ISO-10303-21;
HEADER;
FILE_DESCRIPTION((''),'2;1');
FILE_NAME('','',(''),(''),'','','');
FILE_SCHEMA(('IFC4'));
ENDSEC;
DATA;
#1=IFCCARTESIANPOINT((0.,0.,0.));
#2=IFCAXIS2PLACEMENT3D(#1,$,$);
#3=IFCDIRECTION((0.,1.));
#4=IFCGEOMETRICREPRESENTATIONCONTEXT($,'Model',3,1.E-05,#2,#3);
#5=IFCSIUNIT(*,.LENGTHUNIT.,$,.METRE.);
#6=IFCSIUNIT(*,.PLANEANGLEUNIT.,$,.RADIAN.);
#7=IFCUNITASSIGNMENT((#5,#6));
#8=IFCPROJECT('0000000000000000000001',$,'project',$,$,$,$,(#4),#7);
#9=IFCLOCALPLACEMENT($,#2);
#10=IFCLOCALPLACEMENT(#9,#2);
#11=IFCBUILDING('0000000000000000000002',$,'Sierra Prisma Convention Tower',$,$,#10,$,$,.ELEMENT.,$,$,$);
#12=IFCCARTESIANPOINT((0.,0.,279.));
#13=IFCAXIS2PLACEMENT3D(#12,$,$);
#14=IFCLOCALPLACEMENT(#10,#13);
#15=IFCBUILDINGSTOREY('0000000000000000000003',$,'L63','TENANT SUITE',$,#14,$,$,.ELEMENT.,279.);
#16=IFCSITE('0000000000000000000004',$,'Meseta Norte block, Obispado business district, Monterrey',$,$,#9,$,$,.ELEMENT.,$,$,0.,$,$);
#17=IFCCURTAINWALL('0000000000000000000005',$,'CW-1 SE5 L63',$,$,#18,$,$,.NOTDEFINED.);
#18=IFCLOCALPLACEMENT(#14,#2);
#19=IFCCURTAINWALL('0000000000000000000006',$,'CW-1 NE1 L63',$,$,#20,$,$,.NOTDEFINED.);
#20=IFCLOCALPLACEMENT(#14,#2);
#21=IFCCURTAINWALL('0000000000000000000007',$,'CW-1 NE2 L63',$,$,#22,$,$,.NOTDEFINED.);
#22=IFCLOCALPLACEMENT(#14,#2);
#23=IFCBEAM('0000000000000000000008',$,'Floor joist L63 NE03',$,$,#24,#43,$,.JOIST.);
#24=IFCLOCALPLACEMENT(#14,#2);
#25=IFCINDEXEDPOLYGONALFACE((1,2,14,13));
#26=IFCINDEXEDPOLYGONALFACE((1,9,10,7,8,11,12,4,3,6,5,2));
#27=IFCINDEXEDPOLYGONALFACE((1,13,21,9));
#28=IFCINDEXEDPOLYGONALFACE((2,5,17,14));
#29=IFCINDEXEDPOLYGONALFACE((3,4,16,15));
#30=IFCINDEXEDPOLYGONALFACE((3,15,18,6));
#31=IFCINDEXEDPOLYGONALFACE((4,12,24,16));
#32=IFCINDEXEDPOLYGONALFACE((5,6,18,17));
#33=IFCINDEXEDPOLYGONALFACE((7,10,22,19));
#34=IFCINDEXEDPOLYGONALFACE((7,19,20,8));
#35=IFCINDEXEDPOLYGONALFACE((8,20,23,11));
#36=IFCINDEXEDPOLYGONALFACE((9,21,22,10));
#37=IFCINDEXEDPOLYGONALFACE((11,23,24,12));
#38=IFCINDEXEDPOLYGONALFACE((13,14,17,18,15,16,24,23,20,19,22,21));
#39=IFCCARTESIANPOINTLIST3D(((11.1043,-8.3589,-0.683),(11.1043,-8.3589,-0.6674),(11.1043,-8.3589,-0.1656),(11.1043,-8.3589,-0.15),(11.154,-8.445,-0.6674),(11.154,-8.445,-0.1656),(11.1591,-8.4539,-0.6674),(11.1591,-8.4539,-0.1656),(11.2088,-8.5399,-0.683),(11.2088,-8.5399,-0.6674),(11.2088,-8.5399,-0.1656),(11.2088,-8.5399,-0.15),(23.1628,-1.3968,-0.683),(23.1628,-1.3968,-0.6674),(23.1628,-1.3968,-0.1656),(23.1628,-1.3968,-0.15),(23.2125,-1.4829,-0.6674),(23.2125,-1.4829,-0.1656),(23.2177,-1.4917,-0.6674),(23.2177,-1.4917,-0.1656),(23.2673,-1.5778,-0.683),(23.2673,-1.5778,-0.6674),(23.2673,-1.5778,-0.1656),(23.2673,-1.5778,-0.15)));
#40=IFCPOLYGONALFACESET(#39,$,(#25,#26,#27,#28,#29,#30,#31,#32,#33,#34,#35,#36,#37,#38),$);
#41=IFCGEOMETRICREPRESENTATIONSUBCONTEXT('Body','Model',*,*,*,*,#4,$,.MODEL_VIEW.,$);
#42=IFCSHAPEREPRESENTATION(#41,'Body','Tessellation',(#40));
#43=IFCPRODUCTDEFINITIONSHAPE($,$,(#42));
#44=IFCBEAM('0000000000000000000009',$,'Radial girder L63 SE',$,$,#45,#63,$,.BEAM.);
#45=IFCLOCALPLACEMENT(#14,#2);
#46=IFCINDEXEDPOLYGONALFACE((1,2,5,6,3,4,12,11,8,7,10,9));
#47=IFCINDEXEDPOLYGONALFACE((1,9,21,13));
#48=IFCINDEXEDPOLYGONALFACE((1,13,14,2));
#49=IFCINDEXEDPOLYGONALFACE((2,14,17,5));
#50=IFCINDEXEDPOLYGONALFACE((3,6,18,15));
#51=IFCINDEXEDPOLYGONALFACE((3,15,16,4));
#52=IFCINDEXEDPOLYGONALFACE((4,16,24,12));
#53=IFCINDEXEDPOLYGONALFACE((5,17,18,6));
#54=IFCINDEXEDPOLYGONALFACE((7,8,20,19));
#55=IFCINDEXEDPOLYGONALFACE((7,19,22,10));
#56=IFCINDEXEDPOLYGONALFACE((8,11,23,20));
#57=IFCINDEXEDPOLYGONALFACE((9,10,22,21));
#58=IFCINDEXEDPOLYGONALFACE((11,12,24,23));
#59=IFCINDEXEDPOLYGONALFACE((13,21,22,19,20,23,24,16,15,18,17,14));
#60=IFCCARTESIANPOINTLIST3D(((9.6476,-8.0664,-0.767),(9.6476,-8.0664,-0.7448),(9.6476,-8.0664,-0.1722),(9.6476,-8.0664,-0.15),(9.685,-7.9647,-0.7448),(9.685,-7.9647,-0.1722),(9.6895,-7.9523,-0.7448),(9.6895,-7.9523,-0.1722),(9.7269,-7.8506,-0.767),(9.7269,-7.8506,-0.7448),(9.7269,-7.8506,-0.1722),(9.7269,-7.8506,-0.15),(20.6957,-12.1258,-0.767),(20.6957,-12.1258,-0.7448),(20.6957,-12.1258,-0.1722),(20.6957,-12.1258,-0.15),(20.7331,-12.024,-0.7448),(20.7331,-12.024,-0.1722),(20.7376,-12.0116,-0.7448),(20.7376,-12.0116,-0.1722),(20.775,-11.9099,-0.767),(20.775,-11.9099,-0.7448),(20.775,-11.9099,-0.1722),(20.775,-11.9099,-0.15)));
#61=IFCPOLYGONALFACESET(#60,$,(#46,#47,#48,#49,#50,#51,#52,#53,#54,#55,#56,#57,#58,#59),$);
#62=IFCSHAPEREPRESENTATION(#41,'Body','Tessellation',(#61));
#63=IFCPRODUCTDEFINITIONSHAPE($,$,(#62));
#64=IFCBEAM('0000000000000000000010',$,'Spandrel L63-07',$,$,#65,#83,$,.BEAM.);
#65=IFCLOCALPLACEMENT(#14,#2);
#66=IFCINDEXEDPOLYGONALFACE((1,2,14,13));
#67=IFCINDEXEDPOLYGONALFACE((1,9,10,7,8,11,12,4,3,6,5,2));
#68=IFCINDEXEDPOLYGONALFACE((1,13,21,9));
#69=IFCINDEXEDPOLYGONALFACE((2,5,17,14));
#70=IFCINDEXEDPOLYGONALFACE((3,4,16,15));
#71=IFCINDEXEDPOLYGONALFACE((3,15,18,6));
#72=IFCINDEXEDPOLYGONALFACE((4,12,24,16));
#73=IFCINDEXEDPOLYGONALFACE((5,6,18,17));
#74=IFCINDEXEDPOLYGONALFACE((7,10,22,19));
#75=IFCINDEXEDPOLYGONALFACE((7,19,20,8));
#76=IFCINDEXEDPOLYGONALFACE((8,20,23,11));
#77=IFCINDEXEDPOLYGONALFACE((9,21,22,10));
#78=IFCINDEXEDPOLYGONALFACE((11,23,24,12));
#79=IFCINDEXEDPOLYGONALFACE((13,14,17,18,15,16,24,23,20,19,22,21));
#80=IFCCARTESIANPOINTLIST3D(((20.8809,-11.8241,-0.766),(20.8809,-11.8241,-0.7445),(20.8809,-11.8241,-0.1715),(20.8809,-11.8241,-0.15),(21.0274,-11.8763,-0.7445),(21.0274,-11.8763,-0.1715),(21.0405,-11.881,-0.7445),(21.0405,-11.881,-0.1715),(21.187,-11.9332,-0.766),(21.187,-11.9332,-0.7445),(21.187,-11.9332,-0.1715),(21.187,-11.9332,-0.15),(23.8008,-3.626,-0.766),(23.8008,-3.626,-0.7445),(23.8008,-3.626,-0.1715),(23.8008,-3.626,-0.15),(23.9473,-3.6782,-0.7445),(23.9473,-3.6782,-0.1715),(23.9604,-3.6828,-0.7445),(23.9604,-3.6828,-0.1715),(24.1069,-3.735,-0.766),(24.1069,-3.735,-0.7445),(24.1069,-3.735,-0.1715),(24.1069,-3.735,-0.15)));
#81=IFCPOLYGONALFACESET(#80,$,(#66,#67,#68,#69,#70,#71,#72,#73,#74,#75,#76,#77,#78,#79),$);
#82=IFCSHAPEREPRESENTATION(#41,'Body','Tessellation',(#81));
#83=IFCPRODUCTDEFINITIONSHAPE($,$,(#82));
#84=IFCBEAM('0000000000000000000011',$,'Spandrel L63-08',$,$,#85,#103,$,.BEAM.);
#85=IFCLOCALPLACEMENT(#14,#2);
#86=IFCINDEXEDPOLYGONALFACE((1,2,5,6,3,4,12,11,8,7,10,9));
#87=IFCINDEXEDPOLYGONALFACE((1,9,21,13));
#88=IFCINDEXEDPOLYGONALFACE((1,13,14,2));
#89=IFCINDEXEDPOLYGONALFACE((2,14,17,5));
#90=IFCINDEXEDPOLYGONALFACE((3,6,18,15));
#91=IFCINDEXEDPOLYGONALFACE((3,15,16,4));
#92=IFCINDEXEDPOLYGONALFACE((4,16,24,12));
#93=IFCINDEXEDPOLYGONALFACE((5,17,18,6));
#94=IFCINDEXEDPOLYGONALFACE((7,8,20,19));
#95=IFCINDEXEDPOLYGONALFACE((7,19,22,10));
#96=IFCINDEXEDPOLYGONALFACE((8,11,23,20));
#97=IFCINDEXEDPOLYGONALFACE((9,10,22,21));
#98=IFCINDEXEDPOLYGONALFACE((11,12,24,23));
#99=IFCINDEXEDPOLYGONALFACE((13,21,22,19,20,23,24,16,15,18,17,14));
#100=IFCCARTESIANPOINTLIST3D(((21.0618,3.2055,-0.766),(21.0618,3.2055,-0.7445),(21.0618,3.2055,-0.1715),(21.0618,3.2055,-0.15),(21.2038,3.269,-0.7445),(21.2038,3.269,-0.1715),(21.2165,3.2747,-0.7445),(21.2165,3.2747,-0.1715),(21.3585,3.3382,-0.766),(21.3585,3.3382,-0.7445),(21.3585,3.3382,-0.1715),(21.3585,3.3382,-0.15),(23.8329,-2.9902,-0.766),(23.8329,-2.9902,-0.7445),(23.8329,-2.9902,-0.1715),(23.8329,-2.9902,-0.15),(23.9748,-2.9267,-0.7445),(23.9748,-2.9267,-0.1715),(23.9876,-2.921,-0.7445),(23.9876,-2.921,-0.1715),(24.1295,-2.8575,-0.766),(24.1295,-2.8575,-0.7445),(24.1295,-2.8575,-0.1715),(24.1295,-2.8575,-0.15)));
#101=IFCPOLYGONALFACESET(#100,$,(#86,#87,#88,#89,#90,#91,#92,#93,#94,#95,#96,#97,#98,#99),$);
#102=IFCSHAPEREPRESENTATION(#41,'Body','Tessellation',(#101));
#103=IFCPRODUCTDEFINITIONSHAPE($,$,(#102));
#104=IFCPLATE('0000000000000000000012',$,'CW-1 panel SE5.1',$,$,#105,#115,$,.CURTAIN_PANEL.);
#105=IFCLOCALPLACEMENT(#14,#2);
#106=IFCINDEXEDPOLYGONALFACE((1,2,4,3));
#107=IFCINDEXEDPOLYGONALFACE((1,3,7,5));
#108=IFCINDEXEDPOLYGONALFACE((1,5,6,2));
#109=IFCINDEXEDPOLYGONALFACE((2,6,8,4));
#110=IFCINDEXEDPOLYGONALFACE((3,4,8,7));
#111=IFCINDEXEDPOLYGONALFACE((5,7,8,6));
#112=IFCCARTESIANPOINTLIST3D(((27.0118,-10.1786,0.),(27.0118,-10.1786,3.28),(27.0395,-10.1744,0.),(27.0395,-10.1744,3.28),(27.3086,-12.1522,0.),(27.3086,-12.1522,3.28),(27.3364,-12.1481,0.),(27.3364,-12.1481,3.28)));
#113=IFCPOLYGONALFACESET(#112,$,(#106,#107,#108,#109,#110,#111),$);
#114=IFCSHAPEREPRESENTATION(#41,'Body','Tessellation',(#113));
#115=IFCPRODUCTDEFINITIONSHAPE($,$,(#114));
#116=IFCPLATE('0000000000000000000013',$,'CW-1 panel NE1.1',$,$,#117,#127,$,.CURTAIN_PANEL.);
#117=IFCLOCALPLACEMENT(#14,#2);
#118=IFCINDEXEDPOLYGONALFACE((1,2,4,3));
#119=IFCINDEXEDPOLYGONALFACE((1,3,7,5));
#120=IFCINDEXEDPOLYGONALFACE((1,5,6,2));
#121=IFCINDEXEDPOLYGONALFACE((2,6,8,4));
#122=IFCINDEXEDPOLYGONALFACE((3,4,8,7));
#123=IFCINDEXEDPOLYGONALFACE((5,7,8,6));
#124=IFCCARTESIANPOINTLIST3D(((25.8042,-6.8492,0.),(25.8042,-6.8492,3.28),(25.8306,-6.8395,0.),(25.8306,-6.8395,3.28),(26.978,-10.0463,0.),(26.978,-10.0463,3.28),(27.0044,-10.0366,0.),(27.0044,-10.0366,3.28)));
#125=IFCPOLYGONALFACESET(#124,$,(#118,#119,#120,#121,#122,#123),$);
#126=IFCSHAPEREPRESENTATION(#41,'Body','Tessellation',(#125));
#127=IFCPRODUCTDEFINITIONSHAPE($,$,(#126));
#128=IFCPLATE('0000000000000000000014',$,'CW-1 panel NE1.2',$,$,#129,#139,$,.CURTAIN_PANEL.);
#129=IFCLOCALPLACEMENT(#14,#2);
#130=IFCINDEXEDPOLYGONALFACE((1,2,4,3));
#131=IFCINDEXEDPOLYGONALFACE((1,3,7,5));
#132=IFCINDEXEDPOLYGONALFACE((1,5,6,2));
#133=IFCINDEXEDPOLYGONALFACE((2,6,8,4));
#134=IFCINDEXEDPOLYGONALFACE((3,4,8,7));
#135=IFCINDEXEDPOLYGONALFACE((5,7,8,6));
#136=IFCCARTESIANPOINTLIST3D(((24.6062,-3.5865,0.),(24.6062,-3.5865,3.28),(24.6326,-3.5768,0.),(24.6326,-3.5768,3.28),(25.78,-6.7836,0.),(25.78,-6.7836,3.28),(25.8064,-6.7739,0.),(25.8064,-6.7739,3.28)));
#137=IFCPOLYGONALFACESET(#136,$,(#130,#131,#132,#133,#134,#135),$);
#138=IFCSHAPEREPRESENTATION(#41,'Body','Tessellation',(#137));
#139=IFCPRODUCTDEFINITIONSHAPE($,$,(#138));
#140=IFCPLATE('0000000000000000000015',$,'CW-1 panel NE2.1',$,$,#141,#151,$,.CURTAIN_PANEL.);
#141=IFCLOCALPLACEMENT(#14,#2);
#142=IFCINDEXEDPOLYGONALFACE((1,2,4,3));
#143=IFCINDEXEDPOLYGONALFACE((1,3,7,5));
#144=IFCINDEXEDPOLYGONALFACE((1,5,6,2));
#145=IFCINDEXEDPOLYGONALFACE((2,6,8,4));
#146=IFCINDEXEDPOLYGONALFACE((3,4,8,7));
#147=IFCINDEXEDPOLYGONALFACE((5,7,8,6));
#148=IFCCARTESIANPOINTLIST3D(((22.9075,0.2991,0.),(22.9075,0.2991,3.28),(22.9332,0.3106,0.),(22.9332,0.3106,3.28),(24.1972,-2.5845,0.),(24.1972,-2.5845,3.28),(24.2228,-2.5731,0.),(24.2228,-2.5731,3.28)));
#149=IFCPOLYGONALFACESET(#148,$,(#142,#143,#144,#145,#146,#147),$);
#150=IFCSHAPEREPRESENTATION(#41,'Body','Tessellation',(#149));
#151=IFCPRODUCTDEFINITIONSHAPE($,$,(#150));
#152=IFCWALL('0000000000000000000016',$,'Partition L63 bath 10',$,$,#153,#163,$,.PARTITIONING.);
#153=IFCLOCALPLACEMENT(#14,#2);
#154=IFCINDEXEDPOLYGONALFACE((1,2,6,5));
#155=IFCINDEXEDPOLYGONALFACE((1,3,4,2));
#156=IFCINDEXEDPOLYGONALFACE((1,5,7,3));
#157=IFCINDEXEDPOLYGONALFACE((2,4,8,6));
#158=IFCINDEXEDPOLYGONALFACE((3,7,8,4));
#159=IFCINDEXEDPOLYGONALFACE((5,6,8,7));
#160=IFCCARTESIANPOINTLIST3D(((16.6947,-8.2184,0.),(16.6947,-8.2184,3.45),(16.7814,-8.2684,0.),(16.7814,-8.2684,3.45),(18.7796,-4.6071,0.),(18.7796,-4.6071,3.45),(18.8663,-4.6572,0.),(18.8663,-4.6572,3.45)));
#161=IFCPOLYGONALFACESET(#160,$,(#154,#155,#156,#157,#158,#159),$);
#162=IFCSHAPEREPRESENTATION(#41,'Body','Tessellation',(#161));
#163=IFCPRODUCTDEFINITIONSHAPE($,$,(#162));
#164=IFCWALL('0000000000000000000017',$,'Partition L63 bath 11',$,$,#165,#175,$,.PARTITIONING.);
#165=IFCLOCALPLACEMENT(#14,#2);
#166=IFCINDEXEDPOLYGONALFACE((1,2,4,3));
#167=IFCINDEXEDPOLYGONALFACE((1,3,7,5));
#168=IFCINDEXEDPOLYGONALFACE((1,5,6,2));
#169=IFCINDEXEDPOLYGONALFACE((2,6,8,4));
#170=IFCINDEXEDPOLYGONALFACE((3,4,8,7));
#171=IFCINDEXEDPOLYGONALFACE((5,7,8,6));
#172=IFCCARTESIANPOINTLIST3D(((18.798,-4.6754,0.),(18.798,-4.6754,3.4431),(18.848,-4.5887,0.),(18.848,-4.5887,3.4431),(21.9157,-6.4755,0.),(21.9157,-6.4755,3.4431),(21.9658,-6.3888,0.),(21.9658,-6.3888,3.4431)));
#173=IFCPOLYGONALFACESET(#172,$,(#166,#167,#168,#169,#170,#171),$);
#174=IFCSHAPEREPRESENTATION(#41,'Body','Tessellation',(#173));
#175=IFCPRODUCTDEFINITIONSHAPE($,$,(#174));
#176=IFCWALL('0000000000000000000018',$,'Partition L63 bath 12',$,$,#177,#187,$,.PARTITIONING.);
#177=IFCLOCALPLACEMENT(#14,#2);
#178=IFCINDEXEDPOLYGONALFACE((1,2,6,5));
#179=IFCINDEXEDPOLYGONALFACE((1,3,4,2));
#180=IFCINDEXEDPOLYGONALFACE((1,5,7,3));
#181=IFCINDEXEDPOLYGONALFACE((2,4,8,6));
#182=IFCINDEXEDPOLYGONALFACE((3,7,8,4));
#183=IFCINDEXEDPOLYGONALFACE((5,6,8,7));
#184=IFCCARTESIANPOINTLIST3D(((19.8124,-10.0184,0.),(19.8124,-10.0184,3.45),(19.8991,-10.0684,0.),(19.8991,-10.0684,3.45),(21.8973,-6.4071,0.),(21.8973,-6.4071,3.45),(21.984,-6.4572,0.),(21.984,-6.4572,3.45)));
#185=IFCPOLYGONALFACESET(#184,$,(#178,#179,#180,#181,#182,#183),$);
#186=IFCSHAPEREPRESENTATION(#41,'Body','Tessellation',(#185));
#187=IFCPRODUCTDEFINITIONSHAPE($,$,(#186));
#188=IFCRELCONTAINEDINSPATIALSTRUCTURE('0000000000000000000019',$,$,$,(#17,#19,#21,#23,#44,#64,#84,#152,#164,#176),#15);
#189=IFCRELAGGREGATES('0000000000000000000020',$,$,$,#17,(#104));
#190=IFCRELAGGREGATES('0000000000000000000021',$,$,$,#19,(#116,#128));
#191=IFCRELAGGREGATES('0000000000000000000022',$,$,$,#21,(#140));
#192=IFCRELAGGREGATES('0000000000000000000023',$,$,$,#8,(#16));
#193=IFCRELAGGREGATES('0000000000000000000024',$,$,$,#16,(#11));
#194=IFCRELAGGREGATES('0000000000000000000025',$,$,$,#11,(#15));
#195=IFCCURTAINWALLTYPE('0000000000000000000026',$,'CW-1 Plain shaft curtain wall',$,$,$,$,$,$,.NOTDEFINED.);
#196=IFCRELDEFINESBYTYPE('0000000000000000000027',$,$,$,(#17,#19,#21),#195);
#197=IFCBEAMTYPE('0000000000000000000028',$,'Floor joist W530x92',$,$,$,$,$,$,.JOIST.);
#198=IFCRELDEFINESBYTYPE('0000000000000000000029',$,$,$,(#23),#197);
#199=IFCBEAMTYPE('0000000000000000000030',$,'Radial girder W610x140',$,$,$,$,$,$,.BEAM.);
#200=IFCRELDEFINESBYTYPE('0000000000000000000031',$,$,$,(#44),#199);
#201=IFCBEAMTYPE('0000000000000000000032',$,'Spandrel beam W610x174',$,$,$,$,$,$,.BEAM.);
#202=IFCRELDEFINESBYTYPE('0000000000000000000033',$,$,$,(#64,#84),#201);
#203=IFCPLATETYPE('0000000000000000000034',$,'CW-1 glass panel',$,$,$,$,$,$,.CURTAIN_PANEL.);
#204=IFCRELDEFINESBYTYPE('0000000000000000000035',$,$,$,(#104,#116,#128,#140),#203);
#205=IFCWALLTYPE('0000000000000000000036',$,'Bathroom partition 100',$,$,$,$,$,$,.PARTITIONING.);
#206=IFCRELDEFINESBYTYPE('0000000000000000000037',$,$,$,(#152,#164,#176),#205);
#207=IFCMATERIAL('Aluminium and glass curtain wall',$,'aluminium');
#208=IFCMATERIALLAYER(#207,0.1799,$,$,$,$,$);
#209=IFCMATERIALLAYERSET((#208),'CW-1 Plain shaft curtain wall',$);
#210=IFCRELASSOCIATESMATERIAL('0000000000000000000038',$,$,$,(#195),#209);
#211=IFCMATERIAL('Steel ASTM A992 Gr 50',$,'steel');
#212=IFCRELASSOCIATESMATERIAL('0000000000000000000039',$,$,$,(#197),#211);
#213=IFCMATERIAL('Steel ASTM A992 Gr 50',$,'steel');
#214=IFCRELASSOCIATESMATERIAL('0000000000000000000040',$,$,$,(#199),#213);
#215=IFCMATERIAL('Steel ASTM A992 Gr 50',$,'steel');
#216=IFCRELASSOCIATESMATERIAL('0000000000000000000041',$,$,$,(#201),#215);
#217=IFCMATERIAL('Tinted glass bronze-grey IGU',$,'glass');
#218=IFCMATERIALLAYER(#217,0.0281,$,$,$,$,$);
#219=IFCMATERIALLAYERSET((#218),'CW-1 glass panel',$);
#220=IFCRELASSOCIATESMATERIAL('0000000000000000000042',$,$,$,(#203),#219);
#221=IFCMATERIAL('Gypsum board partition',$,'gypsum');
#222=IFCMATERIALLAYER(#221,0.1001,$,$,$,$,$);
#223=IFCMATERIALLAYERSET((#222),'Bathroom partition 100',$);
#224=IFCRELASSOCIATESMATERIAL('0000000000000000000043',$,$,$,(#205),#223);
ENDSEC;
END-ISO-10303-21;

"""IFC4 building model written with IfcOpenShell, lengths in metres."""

from ifc_helpers import new_model, si_unit, direction, frame, frame_2d, origin, origin_2d, place, context, subcontext, project, spatial, rectangle, i_section, extrude, material, layer, layer_set, material_profile, profile_set, type_object, element, aggregate, save


model = new_model("IFC4")

# Units and contexts
model_context = context("Model", 3, precision=1e-05, world=origin(), true_north=direction((0.0, 1.0)))
body_context = subcontext(model_context, "Body", "Model", "MODEL_VIEW")
ifc_project = project(units=[si_unit("LENGTHUNIT", "METRE"), si_unit("PLANEANGLEUNIT", "RADIAN")], contexts=[model_context])

# Site, building, storey
site_placement = place(None, origin())
site = spatial("IfcSite", under=ifc_project, at=site_placement, Name="Meseta Norte block, Obispado business district, Monterrey", CompositionType="ELEMENT", RefElevation=0.0)
building_placement = place(site_placement, origin())
building = spatial("IfcBuilding", under=site, at=building_placement, Name="Sierra Prisma Convention Tower", CompositionType="ELEMENT")
storey_placement = place(building_placement, frame((0.0, 0.0, 279.0)))
storey = spatial("IfcBuildingStorey", under=building, at=storey_placement, Name="L63", Description="TENANT SUITE", CompositionType="ELEMENT", Elevation=279.0)

# Curtain wall
ifc_material_1 = material(Name="Aluminium and glass curtain wall", Category="aluminium")
ifc_layer_1 = layer(ifc_material_1, 0.1799)
ifc_layer_set_1 = layer_set([ifc_layer_1], Name="CW-1 Plain shaft curtain wall")
curtain_wall_type = type_object("IfcCurtainWallType", Name="CW-1 Plain shaft curtain wall", PredefinedType="NOTDEFINED", material=ifc_layer_set_1)
curtain_wall_1_placement = place(storey_placement, origin())
curtain_wall_1 = element("IfcCurtainWall", 1, at=curtain_wall_1_placement, inside=storey, type_object=curtain_wall_type, Name="CW-1 SE5 L63", PredefinedType="NOTDEFINED")

# Curtain wall
curtain_wall_2_placement = place(storey_placement, origin())
curtain_wall_2 = element("IfcCurtainWall", 2, at=curtain_wall_2_placement, inside=storey, type_object=curtain_wall_type, Name="CW-1 NE1 L63", PredefinedType="NOTDEFINED")

# Curtain wall
curtain_wall_3_placement = place(storey_placement, origin())
curtain_wall_3 = element("IfcCurtainWall", 3, at=curtain_wall_3_placement, inside=storey, type_object=curtain_wall_type, Name="CW-1 NE2 L63", PredefinedType="NOTDEFINED")

# Beams
ifc_material_2 = material(Name="Steel ASTM A992 Gr 50", Category="steel")
ifc_material_profile_1 = material_profile(ifc_material_2, i_section(OverallWidth=0.209, OverallDepth=0.533, WebThickness=0.0103, FlangeThickness=0.0156, at=origin_2d()), Name="W530x92")
ifc_profile_set_1 = profile_set([ifc_material_profile_1], Name="Steel ASTM A992 Gr 50")
beam_type_1 = type_object("IfcBeamType", Name="Floor joist W530x92", PredefinedType="JOIST", material=ifc_profile_set_1)
beam_1_placement = place(storey_placement, frame((23.2151, -1.4873, -0.4165), z_axis=(-0.866021, -0.500007, 0.0), x_axis=(0.500007, -0.866021, 0.0)))
element("IfcBeam", 4, at=beam_1_placement, inside=storey, type_object=beam_type_1, Name="Floor joist L63 NE03", PredefinedType="JOIST", context=body_context, shape_type="SweptSolid", body=[
    extrude(i_section(OverallWidth=0.209, OverallDepth=0.533, WebThickness=0.0103, FlangeThickness=0.0156, at=origin_2d()), origin(), (0.0, 0.0, 1.0), 13.9241),
])
ifc_material_3 = material(Name="Steel ASTM A992 Gr 50", Category="steel")
ifc_material_profile_2 = material_profile(ifc_material_3, i_section(OverallWidth=0.23, OverallDepth=0.6169, WebThickness=0.0132, FlangeThickness=0.0222, at=origin_2d()), Name="W610x140")
ifc_profile_set_2 = profile_set([ifc_material_profile_2], Name="Steel ASTM A992 Gr 50")
beam_type_2 = type_object("IfcBeamType", Name="Radial girder W610x140", PredefinedType="BEAM", material=ifc_profile_set_2)
beam_2_placement = place(storey_placement, frame((20.7354, -12.0178, -0.4585), z_axis=(-0.938647, 0.34488, 0.0), x_axis=(-0.34488, -0.938647, 0.0)))
element("IfcBeam", 5, at=beam_2_placement, inside=storey, type_object=beam_type_2, Name="Radial girder L63 SE", PredefinedType="BEAM", context=body_context, shape_type="SweptSolid", body=[
    extrude(i_section(OverallWidth=0.23, OverallDepth=0.6169, WebThickness=0.0132, FlangeThickness=0.0222, at=origin_2d()), origin(), (0.0, 0.0, 1.0), 11.7703),
])
ifc_material_4 = material(Name="Steel ASTM A992 Gr 50", Category="steel")
ifc_material_profile_3 = material_profile(ifc_material_4, i_section(OverallWidth=0.325, OverallDepth=0.616, WebThickness=0.0139, FlangeThickness=0.0215, at=origin_2d()), Name="W610x174")
ifc_profile_set_3 = profile_set([ifc_material_profile_3], Name="Steel ASTM A992 Gr 50")
beam_type_3 = type_object("IfcBeamType", Name="Spandrel beam W610x174", PredefinedType="BEAM", material=ifc_profile_set_3)
beam_3_placement = place(storey_placement, frame((21.0339, -11.8787, -0.458), z_axis=(0.335519, 0.942034, 0.0), x_axis=(-0.942034, 0.335519, 0.0)))
element("IfcBeam", 6, at=beam_3_placement, inside=storey, type_object=beam_type_3, Name="Spandrel L63-07", PredefinedType="BEAM", context=body_context, shape_type="SweptSolid", body=[
    extrude(i_section(OverallWidth=0.325, OverallDepth=0.616, WebThickness=0.0139, FlangeThickness=0.0215, at=origin_2d()), origin(), (0.0, 0.0, 1.0), 8.7026),
])
beam_4_placement = place(storey_placement, frame((23.9812, -2.9238, -0.458), z_axis=(-0.40828, 0.912857, 0.0), x_axis=(-0.912857, -0.40828, 0.0)))
element("IfcBeam", 7, at=beam_4_placement, inside=storey, type_object=beam_type_3, Name="Spandrel L63-08", PredefinedType="BEAM", context=body_context, shape_type="SweptSolid", body=[
    extrude(i_section(OverallWidth=0.325, OverallDepth=0.616, WebThickness=0.0139, FlangeThickness=0.0215, at=origin_2d()), origin(), (0.0, 0.0, 1.0), 6.7871),
])

# Plates
ifc_material_5 = material(Name="Tinted glass bronze-grey IGU", Category="glass")
ifc_layer_2 = layer(ifc_material_5, 0.0281)
ifc_layer_set_2 = layer_set([ifc_layer_2], Name="CW-1 glass panel")
plate_type = type_object("IfcPlateType", Name="CW-1 glass panel", PredefinedType="CURTAIN_PANEL", material=ifc_layer_set_2)
plate_1_placement = place(storey_placement, frame((27.1741, -11.1633, 0.0), z_axis=(0.0, 0.0, 1.0), x_axis=(-0.148731, 0.988878, 0.0)))
plate_1 = element("IfcPlate", 8, at=plate_1_placement, type_object=plate_type, Name="CW-1 panel SE5.1", PredefinedType="CURTAIN_PANEL", context=body_context, shape_type="SweptSolid", body=[
    extrude(rectangle(XDim=1.9958, YDim=0.0281, at=origin_2d()), origin(), (0.0, 0.0, 1.0), 3.28),
])
aggregate(curtain_wall_1, [plate_1])
plate_2_placement = place(storey_placement, frame((26.4043, -8.4429, 0.0), z_axis=(0.0, 0.0, 1.0), x_axis=(-0.344639, 0.938735, 0.0)))
plate_2 = element("IfcPlate", 9, at=plate_2_placement, type_object=plate_type, Name="CW-1 panel NE1.1", PredefinedType="CURTAIN_PANEL", context=body_context, shape_type="SweptSolid", body=[
    extrude(rectangle(XDim=3.4058, YDim=0.0281, at=origin_2d()), origin(), (0.0, 0.0, 1.0), 3.28),
])
plate_3_placement = place(storey_placement, frame((25.2063, -5.1802, 0.0), z_axis=(0.0, 0.0, 1.0), x_axis=(-0.344639, 0.938735, 0.0)))
plate_3 = element("IfcPlate", 10, at=plate_3_placement, type_object=plate_type, Name="CW-1 panel NE1.2", PredefinedType="CURTAIN_PANEL", context=body_context, shape_type="SweptSolid", body=[
    extrude(rectangle(XDim=3.4058, YDim=0.0281, at=origin_2d()), origin(), (0.0, 0.0, 1.0), 3.28),
])
aggregate(curtain_wall_2, [plate_2, plate_3])
plate_4_placement = place(storey_placement, frame((23.5652, -1.137, 0.0), z_axis=(0.0, 0.0, 1.0), x_axis=(-0.408264, 0.912864, 0.0)))
plate_4 = element("IfcPlate", 11, at=plate_4_placement, type_object=plate_type, Name="CW-1 panel NE2.1", PredefinedType="CURTAIN_PANEL", context=body_context, shape_type="SweptSolid", body=[
    extrude(rectangle(XDim=3.1589, YDim=0.0281, at=origin_2d()), origin(), (0.0, 0.0, 1.0), 3.28),
])
aggregate(curtain_wall_3, [plate_4])

# Walls
ifc_material_6 = material(Name="Gypsum board partition", Category="gypsum")
ifc_layer_3 = layer(ifc_material_6, 0.1001)
ifc_layer_set_3 = layer_set([ifc_layer_3], Name="Bathroom partition 100")
wall_type_1 = type_object("IfcWallType", Name="Bathroom partition 100", PredefinedType="PARTITIONING", material=ifc_layer_set_3)
wall_1_placement = place(storey_placement, frame((16.738, -8.2434, 0.0), z_axis=(0.0, 0.0, 1.0), x_axis=(0.499993, 0.86603, 0.0)))
element("IfcWall", 12, at=wall_1_placement, inside=storey, type_object=wall_type_1, Name="Partition L63 bath 10", PredefinedType="PARTITIONING", context=body_context, shape_type="SweptSolid", body=[
    extrude(rectangle(XDim=4.1699, YDim=0.1001, at=frame_2d((2.085, 0.0))), origin(), (0.0, 0.0, 1.0), 3.45),
])
wall_2_placement = place(storey_placement, frame((18.823, -4.6321, 0.0), z_axis=(0.0, 0.0, 1.0), x_axis=(0.866018, -0.500012, 0.0)))
element("IfcWall", 13, at=wall_2_placement, inside=storey, type_object=wall_type_1, Name="Partition L63 bath 11", PredefinedType="PARTITIONING", context=body_context, shape_type="SweptSolid", body=[
    extrude(rectangle(XDim=3.6001, YDim=0.1001, at=frame_2d((1.8, 0.0))), origin(), (0.0, 0.0, 1.0), 3.4431),
])
wall_3_placement = place(storey_placement, frame((21.9407, -6.4321, 0.0), z_axis=(0.0, 0.0, 1.0), x_axis=(-0.499993, -0.86603, 0.0)))
element("IfcWall", 14, at=wall_3_placement, inside=storey, type_object=wall_type_1, Name="Partition L63 bath 12", PredefinedType="PARTITIONING", context=body_context, shape_type="SweptSolid", body=[
    extrude(rectangle(XDim=4.1699, YDim=0.1001, at=frame_2d((2.085, 0.0))), origin(), (0.0, 0.0, 1.0), 3.45),
])

save(model, "model.ifc")
